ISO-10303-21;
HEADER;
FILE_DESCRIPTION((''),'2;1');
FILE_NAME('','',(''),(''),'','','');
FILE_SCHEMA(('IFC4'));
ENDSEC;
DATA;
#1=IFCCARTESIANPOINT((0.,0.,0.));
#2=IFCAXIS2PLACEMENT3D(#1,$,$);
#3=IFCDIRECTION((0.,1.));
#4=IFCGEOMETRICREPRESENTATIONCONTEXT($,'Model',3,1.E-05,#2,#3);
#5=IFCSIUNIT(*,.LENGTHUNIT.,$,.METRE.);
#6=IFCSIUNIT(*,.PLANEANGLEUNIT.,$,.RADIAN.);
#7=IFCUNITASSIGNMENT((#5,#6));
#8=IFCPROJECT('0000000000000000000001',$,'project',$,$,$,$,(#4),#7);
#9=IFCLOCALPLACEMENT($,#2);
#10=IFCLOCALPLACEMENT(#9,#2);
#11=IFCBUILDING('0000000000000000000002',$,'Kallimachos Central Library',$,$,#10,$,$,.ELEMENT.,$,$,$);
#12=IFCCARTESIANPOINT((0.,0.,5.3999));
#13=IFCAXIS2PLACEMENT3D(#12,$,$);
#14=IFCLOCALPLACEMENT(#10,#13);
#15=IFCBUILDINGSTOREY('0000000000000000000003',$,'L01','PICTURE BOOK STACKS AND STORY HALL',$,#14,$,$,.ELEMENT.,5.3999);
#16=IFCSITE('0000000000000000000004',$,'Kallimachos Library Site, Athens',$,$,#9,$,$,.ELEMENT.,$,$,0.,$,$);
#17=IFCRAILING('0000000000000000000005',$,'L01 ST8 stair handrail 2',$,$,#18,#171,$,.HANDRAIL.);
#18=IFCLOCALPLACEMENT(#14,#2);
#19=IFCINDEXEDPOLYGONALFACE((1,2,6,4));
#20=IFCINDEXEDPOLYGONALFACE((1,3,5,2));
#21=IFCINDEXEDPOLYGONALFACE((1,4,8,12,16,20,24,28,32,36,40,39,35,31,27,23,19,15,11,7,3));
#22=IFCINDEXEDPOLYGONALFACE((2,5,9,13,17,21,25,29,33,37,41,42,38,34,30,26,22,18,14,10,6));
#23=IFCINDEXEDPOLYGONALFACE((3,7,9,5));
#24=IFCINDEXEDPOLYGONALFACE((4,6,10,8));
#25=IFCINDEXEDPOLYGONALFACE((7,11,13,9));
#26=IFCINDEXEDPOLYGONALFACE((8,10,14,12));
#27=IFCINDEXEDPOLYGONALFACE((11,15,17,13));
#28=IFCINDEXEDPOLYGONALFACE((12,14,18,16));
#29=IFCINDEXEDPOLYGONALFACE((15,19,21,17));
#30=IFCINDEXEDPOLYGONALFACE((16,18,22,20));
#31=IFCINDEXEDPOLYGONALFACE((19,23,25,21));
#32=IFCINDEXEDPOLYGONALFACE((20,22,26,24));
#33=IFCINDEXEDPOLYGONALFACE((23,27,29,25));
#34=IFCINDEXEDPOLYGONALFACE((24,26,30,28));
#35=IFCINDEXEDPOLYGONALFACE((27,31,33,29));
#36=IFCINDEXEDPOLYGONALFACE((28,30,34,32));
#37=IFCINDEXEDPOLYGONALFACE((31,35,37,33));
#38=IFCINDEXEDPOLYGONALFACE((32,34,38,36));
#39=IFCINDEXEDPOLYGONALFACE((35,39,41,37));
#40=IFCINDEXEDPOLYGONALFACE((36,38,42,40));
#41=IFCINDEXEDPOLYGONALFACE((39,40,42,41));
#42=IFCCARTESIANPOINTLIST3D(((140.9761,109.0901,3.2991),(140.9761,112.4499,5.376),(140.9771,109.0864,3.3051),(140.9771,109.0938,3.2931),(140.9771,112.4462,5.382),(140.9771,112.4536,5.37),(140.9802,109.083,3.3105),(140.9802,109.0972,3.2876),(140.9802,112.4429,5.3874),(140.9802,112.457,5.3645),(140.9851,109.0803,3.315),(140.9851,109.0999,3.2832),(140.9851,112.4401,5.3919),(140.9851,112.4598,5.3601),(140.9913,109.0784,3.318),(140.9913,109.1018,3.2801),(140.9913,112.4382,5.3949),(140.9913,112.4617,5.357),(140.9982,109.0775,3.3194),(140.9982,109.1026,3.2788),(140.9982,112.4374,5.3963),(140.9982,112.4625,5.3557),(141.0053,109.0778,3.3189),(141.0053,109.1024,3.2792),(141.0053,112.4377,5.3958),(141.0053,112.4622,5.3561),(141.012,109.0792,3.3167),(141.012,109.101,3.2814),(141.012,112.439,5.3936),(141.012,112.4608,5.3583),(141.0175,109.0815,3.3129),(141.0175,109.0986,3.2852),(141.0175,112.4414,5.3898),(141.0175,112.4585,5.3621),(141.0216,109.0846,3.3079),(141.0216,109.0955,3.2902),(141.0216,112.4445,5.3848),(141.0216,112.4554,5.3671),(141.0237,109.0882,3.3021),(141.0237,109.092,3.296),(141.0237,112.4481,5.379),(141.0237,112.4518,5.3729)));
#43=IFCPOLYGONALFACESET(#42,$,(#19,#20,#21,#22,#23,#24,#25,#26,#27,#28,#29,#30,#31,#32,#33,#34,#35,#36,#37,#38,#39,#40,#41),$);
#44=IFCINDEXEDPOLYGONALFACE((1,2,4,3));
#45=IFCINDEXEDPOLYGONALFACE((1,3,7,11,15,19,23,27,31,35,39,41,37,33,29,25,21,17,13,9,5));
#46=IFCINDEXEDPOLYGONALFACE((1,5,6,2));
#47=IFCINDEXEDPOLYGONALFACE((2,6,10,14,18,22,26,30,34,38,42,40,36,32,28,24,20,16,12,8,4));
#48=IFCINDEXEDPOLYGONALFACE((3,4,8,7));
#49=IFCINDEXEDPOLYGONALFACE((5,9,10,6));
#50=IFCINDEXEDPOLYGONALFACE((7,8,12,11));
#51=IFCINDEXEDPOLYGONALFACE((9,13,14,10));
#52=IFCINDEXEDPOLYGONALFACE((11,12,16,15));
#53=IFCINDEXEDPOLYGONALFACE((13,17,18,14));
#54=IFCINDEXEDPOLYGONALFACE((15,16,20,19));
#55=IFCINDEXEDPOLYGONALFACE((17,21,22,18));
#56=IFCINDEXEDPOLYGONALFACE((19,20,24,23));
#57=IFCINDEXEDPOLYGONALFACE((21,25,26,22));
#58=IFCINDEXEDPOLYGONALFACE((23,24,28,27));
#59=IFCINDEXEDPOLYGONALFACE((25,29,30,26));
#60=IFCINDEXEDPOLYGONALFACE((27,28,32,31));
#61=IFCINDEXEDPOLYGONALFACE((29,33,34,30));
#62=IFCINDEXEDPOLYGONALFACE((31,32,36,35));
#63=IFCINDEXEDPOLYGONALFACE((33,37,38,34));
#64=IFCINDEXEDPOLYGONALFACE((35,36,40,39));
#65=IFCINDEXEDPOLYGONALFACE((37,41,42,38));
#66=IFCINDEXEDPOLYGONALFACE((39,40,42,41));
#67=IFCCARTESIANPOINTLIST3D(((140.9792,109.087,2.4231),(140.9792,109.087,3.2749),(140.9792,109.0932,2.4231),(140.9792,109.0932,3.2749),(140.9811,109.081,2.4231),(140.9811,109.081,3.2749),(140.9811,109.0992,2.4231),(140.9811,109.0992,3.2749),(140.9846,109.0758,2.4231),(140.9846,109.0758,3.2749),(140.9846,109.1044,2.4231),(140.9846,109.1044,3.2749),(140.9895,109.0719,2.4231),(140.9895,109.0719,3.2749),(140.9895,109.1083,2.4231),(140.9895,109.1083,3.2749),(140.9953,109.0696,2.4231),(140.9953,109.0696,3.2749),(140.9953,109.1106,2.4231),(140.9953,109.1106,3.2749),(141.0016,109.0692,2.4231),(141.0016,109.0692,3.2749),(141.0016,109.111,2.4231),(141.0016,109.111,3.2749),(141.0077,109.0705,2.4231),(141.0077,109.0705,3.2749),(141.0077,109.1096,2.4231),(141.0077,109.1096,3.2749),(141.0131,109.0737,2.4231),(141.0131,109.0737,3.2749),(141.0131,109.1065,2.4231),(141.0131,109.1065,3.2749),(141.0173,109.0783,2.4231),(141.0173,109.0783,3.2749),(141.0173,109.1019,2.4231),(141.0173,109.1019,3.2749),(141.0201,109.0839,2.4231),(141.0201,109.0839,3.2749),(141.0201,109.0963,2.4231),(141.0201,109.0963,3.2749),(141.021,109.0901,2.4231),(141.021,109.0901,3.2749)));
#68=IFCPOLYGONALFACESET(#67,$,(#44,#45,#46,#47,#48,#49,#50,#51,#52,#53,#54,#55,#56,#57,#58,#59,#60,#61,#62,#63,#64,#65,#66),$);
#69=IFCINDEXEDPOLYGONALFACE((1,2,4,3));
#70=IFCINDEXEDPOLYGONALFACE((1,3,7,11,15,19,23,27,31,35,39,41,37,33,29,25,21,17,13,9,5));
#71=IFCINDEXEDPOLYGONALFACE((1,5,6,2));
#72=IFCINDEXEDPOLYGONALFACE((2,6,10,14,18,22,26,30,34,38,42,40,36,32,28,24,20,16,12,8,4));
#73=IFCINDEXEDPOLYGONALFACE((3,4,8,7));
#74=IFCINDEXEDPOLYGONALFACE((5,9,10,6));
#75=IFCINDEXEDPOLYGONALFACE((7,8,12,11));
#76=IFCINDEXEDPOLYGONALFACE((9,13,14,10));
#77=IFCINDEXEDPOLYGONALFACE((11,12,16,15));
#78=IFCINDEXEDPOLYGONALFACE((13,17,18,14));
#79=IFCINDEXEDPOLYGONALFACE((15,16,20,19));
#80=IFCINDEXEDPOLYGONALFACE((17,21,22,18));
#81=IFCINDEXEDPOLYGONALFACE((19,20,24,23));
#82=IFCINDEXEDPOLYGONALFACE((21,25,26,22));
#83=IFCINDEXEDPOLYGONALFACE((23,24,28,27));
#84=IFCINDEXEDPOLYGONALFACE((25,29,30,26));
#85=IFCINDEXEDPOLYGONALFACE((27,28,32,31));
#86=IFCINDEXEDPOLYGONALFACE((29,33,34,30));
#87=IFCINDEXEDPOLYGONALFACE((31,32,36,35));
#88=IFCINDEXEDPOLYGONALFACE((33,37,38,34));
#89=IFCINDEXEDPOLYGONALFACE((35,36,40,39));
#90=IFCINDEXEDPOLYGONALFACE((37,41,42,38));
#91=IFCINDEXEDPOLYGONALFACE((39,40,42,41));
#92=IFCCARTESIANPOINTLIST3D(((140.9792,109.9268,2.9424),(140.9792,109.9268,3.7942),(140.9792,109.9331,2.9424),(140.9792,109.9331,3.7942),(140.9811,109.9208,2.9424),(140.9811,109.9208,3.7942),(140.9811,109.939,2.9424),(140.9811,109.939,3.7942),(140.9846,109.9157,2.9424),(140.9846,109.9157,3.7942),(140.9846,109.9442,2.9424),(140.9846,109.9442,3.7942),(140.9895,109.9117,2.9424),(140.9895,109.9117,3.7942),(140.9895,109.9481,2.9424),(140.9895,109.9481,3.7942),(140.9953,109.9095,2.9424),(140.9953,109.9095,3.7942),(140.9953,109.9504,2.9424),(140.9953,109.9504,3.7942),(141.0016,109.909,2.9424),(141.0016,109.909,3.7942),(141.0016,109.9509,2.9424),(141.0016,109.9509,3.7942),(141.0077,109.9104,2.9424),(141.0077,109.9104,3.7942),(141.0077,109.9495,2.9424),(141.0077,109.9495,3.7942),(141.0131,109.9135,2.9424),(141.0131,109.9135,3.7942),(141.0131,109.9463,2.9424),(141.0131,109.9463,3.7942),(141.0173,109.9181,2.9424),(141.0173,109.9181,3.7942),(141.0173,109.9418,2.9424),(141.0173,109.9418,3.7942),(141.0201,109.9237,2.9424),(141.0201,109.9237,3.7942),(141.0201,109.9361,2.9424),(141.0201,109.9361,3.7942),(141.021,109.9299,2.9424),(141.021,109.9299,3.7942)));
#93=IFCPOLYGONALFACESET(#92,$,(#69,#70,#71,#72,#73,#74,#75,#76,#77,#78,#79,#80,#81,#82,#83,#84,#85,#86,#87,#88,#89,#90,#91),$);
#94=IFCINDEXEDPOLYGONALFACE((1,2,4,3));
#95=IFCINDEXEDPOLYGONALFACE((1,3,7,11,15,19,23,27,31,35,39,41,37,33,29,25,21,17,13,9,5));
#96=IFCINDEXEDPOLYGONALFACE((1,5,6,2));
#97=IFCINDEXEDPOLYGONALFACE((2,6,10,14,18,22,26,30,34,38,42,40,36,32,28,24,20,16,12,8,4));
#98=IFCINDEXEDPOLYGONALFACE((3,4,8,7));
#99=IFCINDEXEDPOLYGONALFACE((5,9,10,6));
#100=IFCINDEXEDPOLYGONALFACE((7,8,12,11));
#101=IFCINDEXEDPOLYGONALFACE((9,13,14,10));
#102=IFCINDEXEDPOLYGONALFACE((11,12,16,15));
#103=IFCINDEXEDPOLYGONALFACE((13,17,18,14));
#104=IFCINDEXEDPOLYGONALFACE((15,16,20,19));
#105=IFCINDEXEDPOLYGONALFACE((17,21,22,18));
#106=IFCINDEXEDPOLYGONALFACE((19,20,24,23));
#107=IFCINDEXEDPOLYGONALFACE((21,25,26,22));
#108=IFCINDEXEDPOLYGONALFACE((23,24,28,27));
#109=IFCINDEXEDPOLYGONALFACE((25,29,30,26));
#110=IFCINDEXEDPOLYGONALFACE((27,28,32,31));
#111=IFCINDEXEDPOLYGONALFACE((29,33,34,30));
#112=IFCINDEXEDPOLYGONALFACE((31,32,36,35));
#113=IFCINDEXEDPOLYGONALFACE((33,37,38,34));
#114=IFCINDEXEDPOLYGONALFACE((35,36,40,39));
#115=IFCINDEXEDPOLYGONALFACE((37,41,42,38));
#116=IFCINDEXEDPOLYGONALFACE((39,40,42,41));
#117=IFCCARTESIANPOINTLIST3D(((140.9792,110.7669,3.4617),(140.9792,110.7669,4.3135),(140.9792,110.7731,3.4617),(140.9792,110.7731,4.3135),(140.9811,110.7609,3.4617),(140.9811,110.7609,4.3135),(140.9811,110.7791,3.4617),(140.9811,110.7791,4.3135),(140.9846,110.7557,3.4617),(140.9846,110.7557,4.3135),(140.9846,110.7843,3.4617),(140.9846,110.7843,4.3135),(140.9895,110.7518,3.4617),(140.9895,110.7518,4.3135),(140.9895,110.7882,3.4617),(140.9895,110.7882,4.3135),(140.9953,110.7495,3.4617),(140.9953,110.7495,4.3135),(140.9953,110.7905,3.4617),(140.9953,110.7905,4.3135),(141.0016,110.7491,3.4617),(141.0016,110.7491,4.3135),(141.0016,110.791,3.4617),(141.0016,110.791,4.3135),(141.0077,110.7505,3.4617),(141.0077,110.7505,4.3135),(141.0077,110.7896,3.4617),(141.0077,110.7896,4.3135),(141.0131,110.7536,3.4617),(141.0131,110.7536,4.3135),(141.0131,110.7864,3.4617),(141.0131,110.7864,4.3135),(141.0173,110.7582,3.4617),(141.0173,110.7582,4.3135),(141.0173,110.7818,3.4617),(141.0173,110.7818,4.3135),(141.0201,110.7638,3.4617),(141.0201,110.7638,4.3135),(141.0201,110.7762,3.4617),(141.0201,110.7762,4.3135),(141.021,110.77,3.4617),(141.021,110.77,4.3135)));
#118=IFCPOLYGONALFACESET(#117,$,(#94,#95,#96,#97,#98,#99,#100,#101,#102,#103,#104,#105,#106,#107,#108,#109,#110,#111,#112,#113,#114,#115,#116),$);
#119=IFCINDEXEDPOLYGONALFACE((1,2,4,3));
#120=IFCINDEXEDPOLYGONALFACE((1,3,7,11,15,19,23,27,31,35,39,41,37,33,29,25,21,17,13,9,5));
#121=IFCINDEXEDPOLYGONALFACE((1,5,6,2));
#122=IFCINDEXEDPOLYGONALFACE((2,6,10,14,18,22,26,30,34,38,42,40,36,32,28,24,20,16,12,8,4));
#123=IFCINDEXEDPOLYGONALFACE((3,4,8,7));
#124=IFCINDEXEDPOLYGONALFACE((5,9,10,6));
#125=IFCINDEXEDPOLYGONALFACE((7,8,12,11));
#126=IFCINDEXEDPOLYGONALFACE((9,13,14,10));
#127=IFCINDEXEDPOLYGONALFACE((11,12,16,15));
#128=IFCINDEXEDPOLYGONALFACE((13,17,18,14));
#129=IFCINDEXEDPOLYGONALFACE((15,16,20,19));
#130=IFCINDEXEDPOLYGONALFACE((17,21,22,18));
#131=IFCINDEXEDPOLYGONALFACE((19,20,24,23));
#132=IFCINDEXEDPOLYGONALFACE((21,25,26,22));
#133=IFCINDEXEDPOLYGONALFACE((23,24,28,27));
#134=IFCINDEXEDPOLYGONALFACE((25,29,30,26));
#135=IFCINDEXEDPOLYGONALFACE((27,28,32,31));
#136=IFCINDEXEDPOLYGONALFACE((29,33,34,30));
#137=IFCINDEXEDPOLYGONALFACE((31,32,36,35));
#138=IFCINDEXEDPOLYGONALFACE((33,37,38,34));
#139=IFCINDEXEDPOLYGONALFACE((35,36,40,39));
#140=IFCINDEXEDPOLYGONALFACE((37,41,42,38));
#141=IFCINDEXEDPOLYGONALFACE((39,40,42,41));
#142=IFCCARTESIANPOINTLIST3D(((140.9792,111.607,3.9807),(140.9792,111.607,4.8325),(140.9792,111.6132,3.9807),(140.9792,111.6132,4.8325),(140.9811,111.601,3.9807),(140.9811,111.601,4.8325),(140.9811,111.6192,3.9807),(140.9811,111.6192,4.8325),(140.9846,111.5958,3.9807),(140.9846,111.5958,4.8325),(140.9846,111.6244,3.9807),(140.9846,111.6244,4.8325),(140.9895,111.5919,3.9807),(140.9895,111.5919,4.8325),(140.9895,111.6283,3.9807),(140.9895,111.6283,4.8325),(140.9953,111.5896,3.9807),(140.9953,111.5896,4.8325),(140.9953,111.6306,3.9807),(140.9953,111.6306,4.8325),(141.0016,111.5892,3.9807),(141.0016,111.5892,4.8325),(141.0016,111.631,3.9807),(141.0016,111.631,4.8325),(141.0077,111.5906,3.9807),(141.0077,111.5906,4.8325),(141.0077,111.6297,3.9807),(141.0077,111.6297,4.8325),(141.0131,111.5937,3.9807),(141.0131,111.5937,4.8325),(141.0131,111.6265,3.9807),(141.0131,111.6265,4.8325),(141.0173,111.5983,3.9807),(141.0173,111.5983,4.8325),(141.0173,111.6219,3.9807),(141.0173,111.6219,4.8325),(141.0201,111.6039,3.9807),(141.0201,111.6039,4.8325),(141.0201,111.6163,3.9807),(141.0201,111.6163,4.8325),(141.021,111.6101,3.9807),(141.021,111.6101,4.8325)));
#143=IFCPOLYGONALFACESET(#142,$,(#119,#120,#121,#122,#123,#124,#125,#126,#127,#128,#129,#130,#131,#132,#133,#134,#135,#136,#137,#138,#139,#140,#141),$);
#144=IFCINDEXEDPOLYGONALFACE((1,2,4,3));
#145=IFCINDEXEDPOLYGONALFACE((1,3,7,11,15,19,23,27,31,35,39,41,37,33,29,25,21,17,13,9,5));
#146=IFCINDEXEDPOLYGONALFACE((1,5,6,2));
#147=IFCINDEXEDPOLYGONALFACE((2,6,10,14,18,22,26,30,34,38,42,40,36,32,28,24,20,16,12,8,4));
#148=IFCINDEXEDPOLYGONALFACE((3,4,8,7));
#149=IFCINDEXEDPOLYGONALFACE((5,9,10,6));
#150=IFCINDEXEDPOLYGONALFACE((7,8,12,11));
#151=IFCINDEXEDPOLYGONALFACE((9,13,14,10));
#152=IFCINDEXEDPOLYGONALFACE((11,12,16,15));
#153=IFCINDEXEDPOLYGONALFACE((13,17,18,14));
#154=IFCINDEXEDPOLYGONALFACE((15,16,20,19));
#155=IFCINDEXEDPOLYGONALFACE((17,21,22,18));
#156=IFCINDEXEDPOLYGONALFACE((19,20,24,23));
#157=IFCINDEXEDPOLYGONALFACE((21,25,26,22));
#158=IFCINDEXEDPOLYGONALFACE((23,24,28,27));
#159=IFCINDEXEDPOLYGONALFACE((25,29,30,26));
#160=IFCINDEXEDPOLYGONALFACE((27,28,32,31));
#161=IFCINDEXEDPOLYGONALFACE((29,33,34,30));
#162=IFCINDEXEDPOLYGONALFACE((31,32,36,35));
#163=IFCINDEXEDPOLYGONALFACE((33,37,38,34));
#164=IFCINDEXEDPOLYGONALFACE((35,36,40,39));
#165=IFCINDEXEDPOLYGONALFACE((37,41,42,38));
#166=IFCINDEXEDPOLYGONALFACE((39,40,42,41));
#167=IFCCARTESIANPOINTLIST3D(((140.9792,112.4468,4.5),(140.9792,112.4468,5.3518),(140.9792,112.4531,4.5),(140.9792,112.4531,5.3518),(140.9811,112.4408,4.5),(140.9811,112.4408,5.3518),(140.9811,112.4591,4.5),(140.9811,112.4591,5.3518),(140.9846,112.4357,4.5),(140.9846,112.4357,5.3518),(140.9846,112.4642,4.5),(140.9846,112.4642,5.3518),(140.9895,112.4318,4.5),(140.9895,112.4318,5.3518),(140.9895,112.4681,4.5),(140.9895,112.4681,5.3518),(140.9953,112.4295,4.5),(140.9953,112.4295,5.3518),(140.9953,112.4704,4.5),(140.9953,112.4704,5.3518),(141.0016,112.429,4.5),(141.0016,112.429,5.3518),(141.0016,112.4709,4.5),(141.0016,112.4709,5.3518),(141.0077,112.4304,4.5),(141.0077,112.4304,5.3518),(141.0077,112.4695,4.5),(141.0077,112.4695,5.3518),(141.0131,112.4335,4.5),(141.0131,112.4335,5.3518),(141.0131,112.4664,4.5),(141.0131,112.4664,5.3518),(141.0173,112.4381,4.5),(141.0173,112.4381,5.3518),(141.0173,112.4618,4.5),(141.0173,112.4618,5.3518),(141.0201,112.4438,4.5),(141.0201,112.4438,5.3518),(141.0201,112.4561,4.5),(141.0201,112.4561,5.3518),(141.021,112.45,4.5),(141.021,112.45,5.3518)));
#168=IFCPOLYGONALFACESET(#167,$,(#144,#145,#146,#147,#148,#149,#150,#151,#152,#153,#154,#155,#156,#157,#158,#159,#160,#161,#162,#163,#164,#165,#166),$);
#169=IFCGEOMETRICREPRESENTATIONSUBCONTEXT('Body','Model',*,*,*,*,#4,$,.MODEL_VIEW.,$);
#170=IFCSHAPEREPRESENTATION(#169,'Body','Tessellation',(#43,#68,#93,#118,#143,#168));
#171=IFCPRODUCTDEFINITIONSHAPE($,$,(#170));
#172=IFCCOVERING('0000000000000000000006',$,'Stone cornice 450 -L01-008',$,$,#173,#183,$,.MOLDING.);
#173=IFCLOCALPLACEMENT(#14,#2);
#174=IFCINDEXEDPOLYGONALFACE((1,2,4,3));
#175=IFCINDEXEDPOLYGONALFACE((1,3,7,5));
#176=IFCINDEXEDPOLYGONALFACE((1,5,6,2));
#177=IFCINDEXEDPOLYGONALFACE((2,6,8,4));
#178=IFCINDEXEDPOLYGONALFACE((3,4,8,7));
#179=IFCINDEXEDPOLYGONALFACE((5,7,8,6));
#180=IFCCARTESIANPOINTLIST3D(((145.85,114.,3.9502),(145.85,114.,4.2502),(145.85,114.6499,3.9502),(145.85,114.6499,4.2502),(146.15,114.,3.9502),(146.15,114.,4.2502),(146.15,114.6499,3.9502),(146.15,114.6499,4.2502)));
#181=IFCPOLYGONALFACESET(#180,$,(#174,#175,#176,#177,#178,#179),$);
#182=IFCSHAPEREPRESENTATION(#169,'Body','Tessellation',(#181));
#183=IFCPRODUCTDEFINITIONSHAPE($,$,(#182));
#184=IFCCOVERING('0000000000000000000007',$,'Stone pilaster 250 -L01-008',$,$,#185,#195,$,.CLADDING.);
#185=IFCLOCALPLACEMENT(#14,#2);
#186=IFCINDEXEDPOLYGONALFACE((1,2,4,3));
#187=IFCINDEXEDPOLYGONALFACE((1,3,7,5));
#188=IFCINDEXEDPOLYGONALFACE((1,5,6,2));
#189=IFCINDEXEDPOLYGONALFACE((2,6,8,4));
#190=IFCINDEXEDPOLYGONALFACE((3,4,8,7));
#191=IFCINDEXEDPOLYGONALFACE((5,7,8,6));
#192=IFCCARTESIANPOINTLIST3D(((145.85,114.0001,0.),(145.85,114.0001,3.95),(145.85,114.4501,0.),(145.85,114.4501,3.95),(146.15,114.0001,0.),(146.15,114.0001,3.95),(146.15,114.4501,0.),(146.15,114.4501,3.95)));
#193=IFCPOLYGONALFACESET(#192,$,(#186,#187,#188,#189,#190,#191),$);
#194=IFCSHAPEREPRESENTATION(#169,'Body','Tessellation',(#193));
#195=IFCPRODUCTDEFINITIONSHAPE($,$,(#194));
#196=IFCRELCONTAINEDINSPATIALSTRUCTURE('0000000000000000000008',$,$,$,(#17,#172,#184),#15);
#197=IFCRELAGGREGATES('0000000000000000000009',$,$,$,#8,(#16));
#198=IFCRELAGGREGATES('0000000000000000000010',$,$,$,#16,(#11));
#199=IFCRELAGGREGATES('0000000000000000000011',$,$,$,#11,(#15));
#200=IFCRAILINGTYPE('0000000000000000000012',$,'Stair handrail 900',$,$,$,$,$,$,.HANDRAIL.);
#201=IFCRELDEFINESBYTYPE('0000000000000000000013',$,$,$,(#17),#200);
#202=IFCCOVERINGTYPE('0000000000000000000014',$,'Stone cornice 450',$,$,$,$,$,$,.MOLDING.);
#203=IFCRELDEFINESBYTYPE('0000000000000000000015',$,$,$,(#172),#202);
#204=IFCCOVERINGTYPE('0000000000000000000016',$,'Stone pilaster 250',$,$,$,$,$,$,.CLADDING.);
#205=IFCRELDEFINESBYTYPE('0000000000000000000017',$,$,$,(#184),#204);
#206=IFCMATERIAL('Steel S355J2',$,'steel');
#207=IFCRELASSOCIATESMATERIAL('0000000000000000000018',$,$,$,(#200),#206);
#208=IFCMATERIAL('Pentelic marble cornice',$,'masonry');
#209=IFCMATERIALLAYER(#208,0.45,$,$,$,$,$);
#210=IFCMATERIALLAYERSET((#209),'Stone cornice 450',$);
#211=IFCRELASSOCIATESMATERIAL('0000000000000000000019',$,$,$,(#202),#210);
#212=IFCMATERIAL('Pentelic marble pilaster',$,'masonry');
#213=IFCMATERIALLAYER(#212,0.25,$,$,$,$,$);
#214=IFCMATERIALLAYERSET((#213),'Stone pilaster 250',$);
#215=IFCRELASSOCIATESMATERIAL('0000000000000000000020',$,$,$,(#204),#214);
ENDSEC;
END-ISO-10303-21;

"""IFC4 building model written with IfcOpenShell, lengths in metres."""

from ifc_helpers import new_model, si_unit, direction, frame, origin, origin_2d, place, context, subcontext, project, spatial, rectangle, circle, extrude, material, layer, layer_set, type_object, element, save


model = new_model("IFC4")

# Units and contexts
model_context = context("Model", 3, precision=1e-05, world=origin(), true_north=direction((0.0, 1.0)))
body_context = subcontext(model_context, "Body", "Model", "MODEL_VIEW")
ifc_project = project(units=[si_unit("LENGTHUNIT", "METRE"), si_unit("PLANEANGLEUNIT", "RADIAN")], contexts=[model_context])

# Site, building, storey
site_placement = place(None, origin())
site = spatial("IfcSite", under=ifc_project, at=site_placement, Name="Kallimachos Library Site, Athens", CompositionType="ELEMENT", RefElevation=0.0)
building_placement = place(site_placement, origin())
building = spatial("IfcBuilding", under=site, at=building_placement, Name="Kallimachos Central Library", CompositionType="ELEMENT")
storey_placement = place(building_placement, frame((0.0, 0.0, 5.3999)))
storey = spatial("IfcBuildingStorey", under=building, at=storey_placement, Name="L01", Description="PICTURE BOOK STACKS AND STORY HALL", CompositionType="ELEMENT", Elevation=5.3999)

# Railing
ifc_material_1 = material(Name="Steel S355J2", Category="steel")
railing_type_1 = type_object("IfcRailingType", Name="Stair handrail 900", PredefinedType="HANDRAIL", material=ifc_material_1)
railing_1_placement = place(storey_placement, frame((141.0, 109.0901, 2.4231)))
element("IfcRailing", 1, at=railing_1_placement, inside=storey, type_object=railing_type_1, Name="L01 ST8 stair handrail 2", PredefinedType="HANDRAIL", context=body_context, shape_type="SweptSolid", body=[
    extrude(circle(Radius=0.0239, at=origin_2d()), frame((0.0, 0.0, 0.876), z_axis=(0.0, 0.850606, 0.525803), x_axis=(-1.0, 0.0, 0.0)), (0.0, 0.0, 1.0), 3.95),
    extrude(circle(Radius=0.021, at=origin_2d()), origin(), (0.0, 0.0, 1.0), 0.8518),
    extrude(circle(Radius=0.021, at=origin_2d()), frame((0.0, 0.8398, 0.5193)), (0.0, 0.0, 1.0), 0.8518),
    extrude(circle(Radius=0.021, at=origin_2d()), frame((0.0, 1.6799, 1.0386)), (0.0, 0.0, 1.0), 0.8518),
    extrude(circle(Radius=0.021, at=origin_2d()), frame((0.0, 2.52, 1.5576)), (0.0, 0.0, 1.0), 0.8518),
    extrude(circle(Radius=0.021, at=origin_2d()), frame((0.0, 3.3599, 2.0769)), (0.0, 0.0, 1.0), 0.8518),
])

# Coverings
ifc_material_2 = material(Name="Pentelic marble cornice", Category="masonry")
ifc_layer_1 = layer(ifc_material_2, 0.45)
ifc_layer_set_1 = layer_set([ifc_layer_1], Name="Stone cornice 450")
covering_type_1 = type_object("IfcCoveringType", Name="Stone cornice 450", PredefinedType="MOLDING", material=ifc_layer_set_1)
covering_1_placement = place(storey_placement, frame((146.0, 114.325, 3.9502), z_axis=(0.0, 0.0, 1.0), x_axis=(1.0, 0.0, 0.0)))
element("IfcCovering", 2, at=covering_1_placement, inside=storey, type_object=covering_type_1, Name="Stone cornice 450 -L01-008", PredefinedType="MOLDING", context=body_context, shape_type="SweptSolid", body=[
    extrude(rectangle(XDim=0.3, YDim=0.6499, at=origin_2d()), origin(), (0.0, 0.0, 1.0), 0.3),
])
ifc_material_3 = material(Name="Pentelic marble pilaster", Category="masonry")
ifc_layer_2 = layer(ifc_material_3, 0.25)
ifc_layer_set_2 = layer_set([ifc_layer_2], Name="Stone pilaster 250")
covering_type_2 = type_object("IfcCoveringType", Name="Stone pilaster 250", PredefinedType="CLADDING", material=ifc_layer_set_2)
covering_2_placement = place(storey_placement, frame((146.0, 114.2251, 0.0), z_axis=(0.0, 0.0, 1.0), x_axis=(1.0, 0.0, 0.0)))
element("IfcCovering", 3, at=covering_2_placement, inside=storey, type_object=covering_type_2, Name="Stone pilaster 250 -L01-008", PredefinedType="CLADDING", context=body_context, shape_type="SweptSolid", body=[
    extrude(rectangle(XDim=0.3, YDim=0.45, at=origin_2d()), origin(), (0.0, 0.0, 1.0), 3.95),
])

save(model, "model.ifc")
